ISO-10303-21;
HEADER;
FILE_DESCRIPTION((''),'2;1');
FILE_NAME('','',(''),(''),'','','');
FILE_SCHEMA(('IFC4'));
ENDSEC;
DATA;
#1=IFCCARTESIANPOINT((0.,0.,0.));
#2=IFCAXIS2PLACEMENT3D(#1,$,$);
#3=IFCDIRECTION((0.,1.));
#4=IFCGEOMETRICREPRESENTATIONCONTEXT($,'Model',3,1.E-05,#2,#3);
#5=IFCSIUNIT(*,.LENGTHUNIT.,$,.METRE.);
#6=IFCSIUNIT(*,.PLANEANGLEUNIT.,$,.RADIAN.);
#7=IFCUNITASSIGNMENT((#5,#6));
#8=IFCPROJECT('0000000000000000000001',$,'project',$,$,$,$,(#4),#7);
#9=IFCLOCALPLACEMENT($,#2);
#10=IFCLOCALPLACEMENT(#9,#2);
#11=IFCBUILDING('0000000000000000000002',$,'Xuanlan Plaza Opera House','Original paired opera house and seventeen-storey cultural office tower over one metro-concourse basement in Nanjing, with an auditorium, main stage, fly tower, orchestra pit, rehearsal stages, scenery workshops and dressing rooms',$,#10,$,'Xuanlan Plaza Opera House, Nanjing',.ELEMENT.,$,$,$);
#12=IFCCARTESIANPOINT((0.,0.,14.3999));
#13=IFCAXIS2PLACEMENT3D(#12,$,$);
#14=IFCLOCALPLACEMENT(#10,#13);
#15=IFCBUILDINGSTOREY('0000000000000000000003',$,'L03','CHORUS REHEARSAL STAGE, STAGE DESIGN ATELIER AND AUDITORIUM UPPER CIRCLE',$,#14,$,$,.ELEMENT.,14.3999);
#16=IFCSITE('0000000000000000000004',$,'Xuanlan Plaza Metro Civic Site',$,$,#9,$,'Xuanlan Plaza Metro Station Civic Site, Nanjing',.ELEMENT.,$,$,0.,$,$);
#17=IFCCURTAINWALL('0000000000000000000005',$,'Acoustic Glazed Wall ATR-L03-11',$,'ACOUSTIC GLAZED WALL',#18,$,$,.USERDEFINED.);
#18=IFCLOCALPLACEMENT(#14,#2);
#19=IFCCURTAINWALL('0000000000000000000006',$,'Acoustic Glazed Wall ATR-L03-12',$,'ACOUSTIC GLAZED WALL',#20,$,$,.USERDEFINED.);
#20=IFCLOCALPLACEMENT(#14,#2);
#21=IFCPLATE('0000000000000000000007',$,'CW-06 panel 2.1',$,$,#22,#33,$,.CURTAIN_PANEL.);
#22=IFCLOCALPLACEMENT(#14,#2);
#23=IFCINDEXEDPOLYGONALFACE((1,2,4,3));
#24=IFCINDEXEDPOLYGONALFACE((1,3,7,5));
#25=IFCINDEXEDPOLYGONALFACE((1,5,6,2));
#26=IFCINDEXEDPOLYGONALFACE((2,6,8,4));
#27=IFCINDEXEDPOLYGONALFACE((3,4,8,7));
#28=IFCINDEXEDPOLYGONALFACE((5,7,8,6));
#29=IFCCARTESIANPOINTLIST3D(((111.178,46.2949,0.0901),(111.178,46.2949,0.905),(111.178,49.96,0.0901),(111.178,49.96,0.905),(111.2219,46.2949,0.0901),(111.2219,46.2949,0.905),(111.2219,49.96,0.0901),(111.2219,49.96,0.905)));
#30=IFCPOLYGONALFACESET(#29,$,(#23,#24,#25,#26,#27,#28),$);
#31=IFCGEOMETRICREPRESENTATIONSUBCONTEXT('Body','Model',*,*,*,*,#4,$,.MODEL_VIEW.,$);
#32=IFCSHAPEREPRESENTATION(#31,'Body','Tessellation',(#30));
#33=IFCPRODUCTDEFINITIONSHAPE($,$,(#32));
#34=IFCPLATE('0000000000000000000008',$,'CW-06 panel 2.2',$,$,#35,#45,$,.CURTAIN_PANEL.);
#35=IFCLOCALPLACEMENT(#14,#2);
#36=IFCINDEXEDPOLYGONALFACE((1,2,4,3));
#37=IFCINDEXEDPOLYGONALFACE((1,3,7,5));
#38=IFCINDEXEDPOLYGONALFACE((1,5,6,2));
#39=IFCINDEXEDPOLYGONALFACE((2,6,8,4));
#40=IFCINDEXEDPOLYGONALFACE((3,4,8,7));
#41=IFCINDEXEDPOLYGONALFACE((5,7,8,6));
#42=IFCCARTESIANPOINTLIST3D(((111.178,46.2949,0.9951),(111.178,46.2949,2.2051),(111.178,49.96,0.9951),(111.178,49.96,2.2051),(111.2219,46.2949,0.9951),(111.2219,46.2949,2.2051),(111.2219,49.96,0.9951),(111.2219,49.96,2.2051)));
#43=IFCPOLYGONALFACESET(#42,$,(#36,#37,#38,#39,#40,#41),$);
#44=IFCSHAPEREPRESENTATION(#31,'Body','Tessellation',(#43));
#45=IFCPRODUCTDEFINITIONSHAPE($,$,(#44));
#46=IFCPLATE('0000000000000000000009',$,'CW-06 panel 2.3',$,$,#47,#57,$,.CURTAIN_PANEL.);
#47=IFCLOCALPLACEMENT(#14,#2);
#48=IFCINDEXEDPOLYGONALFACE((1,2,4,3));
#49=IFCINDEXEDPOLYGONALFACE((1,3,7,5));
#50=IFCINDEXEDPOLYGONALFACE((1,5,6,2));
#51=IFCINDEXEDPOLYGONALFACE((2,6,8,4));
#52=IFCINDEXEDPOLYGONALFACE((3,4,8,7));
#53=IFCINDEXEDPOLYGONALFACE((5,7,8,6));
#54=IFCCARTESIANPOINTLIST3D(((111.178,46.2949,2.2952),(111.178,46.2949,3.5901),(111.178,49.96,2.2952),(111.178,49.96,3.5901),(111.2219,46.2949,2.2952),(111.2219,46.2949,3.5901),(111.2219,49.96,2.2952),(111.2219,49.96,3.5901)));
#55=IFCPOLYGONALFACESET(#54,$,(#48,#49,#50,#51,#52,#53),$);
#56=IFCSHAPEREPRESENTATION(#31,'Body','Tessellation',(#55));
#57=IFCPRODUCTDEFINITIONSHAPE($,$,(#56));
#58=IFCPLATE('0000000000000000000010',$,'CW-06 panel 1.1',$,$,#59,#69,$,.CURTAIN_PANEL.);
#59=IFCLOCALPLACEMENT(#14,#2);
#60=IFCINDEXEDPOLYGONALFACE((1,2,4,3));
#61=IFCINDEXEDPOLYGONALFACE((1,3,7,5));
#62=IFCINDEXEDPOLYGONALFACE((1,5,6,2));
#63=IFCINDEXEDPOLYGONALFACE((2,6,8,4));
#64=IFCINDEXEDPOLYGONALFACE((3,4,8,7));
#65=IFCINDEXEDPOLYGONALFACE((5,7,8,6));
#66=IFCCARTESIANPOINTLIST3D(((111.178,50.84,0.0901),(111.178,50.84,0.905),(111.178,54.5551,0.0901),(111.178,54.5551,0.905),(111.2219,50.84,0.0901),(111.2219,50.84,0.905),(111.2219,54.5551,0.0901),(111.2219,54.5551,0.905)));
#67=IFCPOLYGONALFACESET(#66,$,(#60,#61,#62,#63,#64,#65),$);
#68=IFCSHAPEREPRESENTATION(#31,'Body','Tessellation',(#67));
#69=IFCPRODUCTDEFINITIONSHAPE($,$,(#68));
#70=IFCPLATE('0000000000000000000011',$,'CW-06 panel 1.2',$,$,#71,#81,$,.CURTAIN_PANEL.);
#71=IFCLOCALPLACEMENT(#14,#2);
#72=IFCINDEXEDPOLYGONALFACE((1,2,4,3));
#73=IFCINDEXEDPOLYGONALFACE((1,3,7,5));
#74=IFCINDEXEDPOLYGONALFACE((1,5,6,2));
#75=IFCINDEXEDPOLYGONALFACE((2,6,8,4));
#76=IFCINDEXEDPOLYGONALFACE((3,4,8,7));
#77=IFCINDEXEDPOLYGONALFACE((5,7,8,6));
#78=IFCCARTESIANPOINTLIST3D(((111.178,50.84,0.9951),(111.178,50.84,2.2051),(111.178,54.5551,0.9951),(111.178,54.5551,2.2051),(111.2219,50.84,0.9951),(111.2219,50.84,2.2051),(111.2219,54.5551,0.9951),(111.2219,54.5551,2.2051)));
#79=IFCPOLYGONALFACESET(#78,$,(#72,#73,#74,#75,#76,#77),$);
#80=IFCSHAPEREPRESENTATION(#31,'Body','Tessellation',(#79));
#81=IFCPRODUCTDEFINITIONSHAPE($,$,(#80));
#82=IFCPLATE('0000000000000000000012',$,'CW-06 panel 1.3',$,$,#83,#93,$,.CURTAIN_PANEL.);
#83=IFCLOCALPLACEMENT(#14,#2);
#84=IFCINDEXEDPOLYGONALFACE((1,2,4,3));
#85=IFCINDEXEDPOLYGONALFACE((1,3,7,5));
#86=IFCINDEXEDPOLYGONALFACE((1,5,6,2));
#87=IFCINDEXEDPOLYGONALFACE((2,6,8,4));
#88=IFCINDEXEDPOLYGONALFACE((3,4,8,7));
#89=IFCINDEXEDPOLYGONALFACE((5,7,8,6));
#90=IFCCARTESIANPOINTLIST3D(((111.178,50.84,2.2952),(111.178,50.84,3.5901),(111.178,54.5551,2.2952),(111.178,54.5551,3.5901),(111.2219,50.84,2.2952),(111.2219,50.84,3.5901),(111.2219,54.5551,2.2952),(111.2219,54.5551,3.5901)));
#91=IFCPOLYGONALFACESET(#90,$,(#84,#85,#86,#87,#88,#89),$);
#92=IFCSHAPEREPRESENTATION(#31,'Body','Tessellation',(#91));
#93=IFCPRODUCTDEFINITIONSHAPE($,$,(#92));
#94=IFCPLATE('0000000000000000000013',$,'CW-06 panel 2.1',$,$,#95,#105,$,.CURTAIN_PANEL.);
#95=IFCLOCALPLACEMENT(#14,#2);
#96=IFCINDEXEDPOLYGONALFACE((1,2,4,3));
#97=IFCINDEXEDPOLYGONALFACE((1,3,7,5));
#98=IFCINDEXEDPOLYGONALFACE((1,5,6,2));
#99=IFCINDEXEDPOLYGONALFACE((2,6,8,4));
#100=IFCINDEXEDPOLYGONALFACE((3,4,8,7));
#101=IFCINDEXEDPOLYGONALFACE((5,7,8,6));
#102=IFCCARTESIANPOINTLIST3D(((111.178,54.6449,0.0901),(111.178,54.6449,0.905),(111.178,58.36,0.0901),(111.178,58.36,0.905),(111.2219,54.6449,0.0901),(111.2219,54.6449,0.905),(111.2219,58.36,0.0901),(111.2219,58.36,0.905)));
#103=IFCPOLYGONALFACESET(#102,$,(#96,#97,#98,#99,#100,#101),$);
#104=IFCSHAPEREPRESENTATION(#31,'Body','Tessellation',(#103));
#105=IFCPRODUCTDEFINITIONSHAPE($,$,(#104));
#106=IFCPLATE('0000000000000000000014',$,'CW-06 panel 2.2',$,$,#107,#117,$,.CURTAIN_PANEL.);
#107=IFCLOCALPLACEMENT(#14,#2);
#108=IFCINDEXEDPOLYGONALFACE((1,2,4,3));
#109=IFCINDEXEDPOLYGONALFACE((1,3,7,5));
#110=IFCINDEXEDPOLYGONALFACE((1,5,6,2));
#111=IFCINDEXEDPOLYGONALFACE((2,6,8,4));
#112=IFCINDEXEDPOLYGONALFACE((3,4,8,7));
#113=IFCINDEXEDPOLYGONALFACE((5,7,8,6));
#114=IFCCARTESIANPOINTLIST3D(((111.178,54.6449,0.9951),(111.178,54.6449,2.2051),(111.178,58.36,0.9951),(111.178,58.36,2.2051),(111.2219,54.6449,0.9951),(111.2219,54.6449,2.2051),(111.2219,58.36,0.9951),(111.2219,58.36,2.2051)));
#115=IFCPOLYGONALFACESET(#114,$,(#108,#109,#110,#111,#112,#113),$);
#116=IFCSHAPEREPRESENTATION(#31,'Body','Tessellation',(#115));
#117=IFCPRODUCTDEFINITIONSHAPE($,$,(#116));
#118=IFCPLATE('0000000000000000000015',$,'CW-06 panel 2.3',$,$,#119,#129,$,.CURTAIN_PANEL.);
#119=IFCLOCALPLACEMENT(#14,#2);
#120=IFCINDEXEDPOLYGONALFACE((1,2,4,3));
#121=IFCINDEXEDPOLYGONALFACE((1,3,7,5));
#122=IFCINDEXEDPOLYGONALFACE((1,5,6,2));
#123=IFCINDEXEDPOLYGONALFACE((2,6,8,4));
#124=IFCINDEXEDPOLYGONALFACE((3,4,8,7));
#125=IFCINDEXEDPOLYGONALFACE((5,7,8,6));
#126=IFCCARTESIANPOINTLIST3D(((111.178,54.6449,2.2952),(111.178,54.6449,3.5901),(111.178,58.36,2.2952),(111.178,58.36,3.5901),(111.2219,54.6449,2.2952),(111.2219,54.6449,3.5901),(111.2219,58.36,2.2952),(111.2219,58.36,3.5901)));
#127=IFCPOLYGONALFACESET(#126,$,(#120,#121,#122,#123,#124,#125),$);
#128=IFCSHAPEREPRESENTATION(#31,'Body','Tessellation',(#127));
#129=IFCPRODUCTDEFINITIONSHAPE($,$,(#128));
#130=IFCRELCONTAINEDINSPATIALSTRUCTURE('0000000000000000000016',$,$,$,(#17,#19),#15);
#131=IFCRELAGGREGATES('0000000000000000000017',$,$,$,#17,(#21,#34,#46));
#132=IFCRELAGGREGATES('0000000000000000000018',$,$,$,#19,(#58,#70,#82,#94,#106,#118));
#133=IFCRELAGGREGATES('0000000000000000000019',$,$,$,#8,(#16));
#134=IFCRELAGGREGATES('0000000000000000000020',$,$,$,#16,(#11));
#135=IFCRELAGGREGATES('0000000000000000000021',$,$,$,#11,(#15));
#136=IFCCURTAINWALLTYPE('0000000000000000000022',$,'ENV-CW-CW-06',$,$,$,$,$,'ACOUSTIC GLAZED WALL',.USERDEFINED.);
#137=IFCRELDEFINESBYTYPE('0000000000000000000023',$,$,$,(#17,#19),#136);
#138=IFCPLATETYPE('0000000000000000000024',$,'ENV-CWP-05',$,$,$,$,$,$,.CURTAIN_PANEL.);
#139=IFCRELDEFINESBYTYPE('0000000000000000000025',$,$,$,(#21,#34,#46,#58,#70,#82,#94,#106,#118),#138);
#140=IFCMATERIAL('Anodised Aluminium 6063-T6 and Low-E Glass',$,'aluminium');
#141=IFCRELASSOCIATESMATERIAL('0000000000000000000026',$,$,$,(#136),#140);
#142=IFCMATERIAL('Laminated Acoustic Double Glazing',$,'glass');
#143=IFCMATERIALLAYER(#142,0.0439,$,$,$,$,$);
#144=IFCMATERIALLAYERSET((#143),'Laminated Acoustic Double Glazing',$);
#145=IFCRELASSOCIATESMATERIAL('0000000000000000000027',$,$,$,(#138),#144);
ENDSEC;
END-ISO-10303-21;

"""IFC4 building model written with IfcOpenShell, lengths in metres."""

from ifc_helpers import new_model, si_unit, direction, frame, origin, origin_2d, place, context, subcontext, project, spatial, rectangle, extrude, material, layer, layer_set, type_object, element, aggregate, save


model = new_model("IFC4")

# Units and contexts
model_context = context("Model", 3, precision=1e-05, world=origin(), true_north=direction((0.0, 1.0)))
body_context = subcontext(model_context, "Body", "Model", "MODEL_VIEW")
ifc_project = project(units=[si_unit("LENGTHUNIT", "METRE"), si_unit("PLANEANGLEUNIT", "RADIAN")], contexts=[model_context])

# Site, building, storey
site_placement = place(None, origin())
site = spatial("IfcSite", under=ifc_project, at=site_placement, Name="Xuanlan Plaza Metro Civic Site", LongName="Xuanlan Plaza Metro Station Civic Site, Nanjing", CompositionType="ELEMENT", RefElevation=0.0)
building_placement = place(site_placement, origin())
building = spatial("IfcBuilding", under=site, at=building_placement, Name="Xuanlan Plaza Opera House", Description="Original paired opera house and seventeen-storey cultural office tower over one metro-concourse basement in Nanjing, with an auditorium, main stage, fly tower, orchestra pit, rehearsal stages, scenery workshops and dressing rooms", LongName="Xuanlan Plaza Opera House, Nanjing", CompositionType="ELEMENT")
storey_placement = place(building_placement, frame((0.0, 0.0, 14.3999)))
storey = spatial("IfcBuildingStorey", under=building, at=storey_placement, Name="L03", Description="CHORUS REHEARSAL STAGE, STAGE DESIGN ATELIER AND AUDITORIUM UPPER CIRCLE", CompositionType="ELEMENT", Elevation=14.3999)

# Curtain walls
ifc_material_1 = material(Name="Anodised Aluminium 6063-T6 and Low-E Glass", Category="aluminium")
curtain_wall_type = type_object("IfcCurtainWallType", Name="ENV-CW-CW-06", ElementType="ACOUSTIC GLAZED WALL", PredefinedType="USERDEFINED", material=ifc_material_1)
curtain_wall_1_placement = place(storey_placement, origin())
curtain_wall_1 = element("IfcCurtainWall", 1, at=curtain_wall_1_placement, inside=storey, type_object=curtain_wall_type, Name="Acoustic Glazed Wall ATR-L03-11", ObjectType="ACOUSTIC GLAZED WALL", PredefinedType="USERDEFINED")
curtain_wall_2_placement = place(storey_placement, origin())
curtain_wall_2 = element("IfcCurtainWall", 2, at=curtain_wall_2_placement, inside=storey, type_object=curtain_wall_type, Name="Acoustic Glazed Wall ATR-L03-12", ObjectType="ACOUSTIC GLAZED WALL", PredefinedType="USERDEFINED")

# Plates
ifc_material_2 = material(Name="Laminated Acoustic Double Glazing", Category="glass")
ifc_layer = layer(ifc_material_2, 0.0439)
ifc_layer_set = layer_set([ifc_layer], Name="Laminated Acoustic Double Glazing")
plate_type = type_object("IfcPlateType", Name="ENV-CWP-05", PredefinedType="CURTAIN_PANEL", material=ifc_layer_set)
plate_1_placement = place(storey_placement, frame((111.2, 48.1274, 0.0901), z_axis=(0.0, 0.0, 1.0), x_axis=(0.0, 1.0, 0.0)))
plate_1 = element("IfcPlate", 3, at=plate_1_placement, type_object=plate_type, Name="CW-06 panel 2.1", PredefinedType="CURTAIN_PANEL", context=body_context, shape_type="SweptSolid", body=[
    extrude(rectangle(XDim=3.665, YDim=0.0439, at=origin_2d()), origin(), (0.0, 0.0, 1.0), 0.8149),
])
plate_2_placement = place(storey_placement, frame((111.2, 48.1274, 0.9951), z_axis=(0.0, 0.0, 1.0), x_axis=(0.0, 1.0, 0.0)))
plate_2 = element("IfcPlate", 4, at=plate_2_placement, type_object=plate_type, Name="CW-06 panel 2.2", PredefinedType="CURTAIN_PANEL", context=body_context, shape_type="SweptSolid", body=[
    extrude(rectangle(XDim=3.665, YDim=0.0439, at=origin_2d()), origin(), (0.0, 0.0, 1.0), 1.21),
])
plate_3_placement = place(storey_placement, frame((111.2, 48.1274, 2.2952), z_axis=(0.0, 0.0, 1.0), x_axis=(0.0, 1.0, 0.0)))
plate_3 = element("IfcPlate", 5, at=plate_3_placement, type_object=plate_type, Name="CW-06 panel 2.3", PredefinedType="CURTAIN_PANEL", context=body_context, shape_type="SweptSolid", body=[
    extrude(rectangle(XDim=3.665, YDim=0.0439, at=origin_2d()), origin(), (0.0, 0.0, 1.0), 1.2949),
])
aggregate(curtain_wall_1, [plate_1, plate_2, plate_3])
plate_4_placement = place(storey_placement, frame((111.2, 52.6975, 0.0901), z_axis=(0.0, 0.0, 1.0), x_axis=(0.0, 1.0, 0.0)))
plate_4 = element("IfcPlate", 6, at=plate_4_placement, type_object=plate_type, Name="CW-06 panel 1.1", PredefinedType="CURTAIN_PANEL", context=body_context, shape_type="SweptSolid", body=[
    extrude(rectangle(XDim=3.7151, YDim=0.0439, at=origin_2d()), origin(), (0.0, 0.0, 1.0), 0.8149),
])
plate_5_placement = place(storey_placement, frame((111.2, 52.6975, 0.9951), z_axis=(0.0, 0.0, 1.0), x_axis=(0.0, 1.0, 0.0)))
plate_5 = element("IfcPlate", 7, at=plate_5_placement, type_object=plate_type, Name="CW-06 panel 1.2", PredefinedType="CURTAIN_PANEL", context=body_context, shape_type="SweptSolid", body=[
    extrude(rectangle(XDim=3.7151, YDim=0.0439, at=origin_2d()), origin(), (0.0, 0.0, 1.0), 1.21),
])
plate_6_placement = place(storey_placement, frame((111.2, 52.6975, 2.2952), z_axis=(0.0, 0.0, 1.0), x_axis=(0.0, 1.0, 0.0)))
plate_6 = element("IfcPlate", 8, at=plate_6_placement, type_object=plate_type, Name="CW-06 panel 1.3", PredefinedType="CURTAIN_PANEL", context=body_context, shape_type="SweptSolid", body=[
    extrude(rectangle(XDim=3.7151, YDim=0.0439, at=origin_2d()), origin(), (0.0, 0.0, 1.0), 1.2949),
])
plate_7_placement = place(storey_placement, frame((111.2, 56.5024, 0.0901), z_axis=(0.0, 0.0, 1.0), x_axis=(0.0, 1.0, 0.0)))
plate_7 = element("IfcPlate", 9, at=plate_7_placement, type_object=plate_type, Name="CW-06 panel 2.1", PredefinedType="CURTAIN_PANEL", context=body_context, shape_type="SweptSolid", body=[
    extrude(rectangle(XDim=3.7151, YDim=0.0439, at=origin_2d()), origin(), (0.0, 0.0, 1.0), 0.8149),
])
plate_8_placement = place(storey_placement, frame((111.2, 56.5024, 0.9951), z_axis=(0.0, 0.0, 1.0), x_axis=(0.0, 1.0, 0.0)))
plate_8 = element("IfcPlate", 10, at=plate_8_placement, type_object=plate_type, Name="CW-06 panel 2.2", PredefinedType="CURTAIN_PANEL", context=body_context, shape_type="SweptSolid", body=[
    extrude(rectangle(XDim=3.7151, YDim=0.0439, at=origin_2d()), origin(), (0.0, 0.0, 1.0), 1.21),
])
plate_9_placement = place(storey_placement, frame((111.2, 56.5024, 2.2952), z_axis=(0.0, 0.0, 1.0), x_axis=(0.0, 1.0, 0.0)))
plate_9 = element("IfcPlate", 11, at=plate_9_placement, type_object=plate_type, Name="CW-06 panel 2.3", PredefinedType="CURTAIN_PANEL", context=body_context, shape_type="SweptSolid", body=[
    extrude(rectangle(XDim=3.7151, YDim=0.0439, at=origin_2d()), origin(), (0.0, 0.0, 1.0), 1.2949),
])
aggregate(curtain_wall_2, [plate_4, plate_5, plate_6, plate_7, plate_8, plate_9])

save(model, "model.ifc")
